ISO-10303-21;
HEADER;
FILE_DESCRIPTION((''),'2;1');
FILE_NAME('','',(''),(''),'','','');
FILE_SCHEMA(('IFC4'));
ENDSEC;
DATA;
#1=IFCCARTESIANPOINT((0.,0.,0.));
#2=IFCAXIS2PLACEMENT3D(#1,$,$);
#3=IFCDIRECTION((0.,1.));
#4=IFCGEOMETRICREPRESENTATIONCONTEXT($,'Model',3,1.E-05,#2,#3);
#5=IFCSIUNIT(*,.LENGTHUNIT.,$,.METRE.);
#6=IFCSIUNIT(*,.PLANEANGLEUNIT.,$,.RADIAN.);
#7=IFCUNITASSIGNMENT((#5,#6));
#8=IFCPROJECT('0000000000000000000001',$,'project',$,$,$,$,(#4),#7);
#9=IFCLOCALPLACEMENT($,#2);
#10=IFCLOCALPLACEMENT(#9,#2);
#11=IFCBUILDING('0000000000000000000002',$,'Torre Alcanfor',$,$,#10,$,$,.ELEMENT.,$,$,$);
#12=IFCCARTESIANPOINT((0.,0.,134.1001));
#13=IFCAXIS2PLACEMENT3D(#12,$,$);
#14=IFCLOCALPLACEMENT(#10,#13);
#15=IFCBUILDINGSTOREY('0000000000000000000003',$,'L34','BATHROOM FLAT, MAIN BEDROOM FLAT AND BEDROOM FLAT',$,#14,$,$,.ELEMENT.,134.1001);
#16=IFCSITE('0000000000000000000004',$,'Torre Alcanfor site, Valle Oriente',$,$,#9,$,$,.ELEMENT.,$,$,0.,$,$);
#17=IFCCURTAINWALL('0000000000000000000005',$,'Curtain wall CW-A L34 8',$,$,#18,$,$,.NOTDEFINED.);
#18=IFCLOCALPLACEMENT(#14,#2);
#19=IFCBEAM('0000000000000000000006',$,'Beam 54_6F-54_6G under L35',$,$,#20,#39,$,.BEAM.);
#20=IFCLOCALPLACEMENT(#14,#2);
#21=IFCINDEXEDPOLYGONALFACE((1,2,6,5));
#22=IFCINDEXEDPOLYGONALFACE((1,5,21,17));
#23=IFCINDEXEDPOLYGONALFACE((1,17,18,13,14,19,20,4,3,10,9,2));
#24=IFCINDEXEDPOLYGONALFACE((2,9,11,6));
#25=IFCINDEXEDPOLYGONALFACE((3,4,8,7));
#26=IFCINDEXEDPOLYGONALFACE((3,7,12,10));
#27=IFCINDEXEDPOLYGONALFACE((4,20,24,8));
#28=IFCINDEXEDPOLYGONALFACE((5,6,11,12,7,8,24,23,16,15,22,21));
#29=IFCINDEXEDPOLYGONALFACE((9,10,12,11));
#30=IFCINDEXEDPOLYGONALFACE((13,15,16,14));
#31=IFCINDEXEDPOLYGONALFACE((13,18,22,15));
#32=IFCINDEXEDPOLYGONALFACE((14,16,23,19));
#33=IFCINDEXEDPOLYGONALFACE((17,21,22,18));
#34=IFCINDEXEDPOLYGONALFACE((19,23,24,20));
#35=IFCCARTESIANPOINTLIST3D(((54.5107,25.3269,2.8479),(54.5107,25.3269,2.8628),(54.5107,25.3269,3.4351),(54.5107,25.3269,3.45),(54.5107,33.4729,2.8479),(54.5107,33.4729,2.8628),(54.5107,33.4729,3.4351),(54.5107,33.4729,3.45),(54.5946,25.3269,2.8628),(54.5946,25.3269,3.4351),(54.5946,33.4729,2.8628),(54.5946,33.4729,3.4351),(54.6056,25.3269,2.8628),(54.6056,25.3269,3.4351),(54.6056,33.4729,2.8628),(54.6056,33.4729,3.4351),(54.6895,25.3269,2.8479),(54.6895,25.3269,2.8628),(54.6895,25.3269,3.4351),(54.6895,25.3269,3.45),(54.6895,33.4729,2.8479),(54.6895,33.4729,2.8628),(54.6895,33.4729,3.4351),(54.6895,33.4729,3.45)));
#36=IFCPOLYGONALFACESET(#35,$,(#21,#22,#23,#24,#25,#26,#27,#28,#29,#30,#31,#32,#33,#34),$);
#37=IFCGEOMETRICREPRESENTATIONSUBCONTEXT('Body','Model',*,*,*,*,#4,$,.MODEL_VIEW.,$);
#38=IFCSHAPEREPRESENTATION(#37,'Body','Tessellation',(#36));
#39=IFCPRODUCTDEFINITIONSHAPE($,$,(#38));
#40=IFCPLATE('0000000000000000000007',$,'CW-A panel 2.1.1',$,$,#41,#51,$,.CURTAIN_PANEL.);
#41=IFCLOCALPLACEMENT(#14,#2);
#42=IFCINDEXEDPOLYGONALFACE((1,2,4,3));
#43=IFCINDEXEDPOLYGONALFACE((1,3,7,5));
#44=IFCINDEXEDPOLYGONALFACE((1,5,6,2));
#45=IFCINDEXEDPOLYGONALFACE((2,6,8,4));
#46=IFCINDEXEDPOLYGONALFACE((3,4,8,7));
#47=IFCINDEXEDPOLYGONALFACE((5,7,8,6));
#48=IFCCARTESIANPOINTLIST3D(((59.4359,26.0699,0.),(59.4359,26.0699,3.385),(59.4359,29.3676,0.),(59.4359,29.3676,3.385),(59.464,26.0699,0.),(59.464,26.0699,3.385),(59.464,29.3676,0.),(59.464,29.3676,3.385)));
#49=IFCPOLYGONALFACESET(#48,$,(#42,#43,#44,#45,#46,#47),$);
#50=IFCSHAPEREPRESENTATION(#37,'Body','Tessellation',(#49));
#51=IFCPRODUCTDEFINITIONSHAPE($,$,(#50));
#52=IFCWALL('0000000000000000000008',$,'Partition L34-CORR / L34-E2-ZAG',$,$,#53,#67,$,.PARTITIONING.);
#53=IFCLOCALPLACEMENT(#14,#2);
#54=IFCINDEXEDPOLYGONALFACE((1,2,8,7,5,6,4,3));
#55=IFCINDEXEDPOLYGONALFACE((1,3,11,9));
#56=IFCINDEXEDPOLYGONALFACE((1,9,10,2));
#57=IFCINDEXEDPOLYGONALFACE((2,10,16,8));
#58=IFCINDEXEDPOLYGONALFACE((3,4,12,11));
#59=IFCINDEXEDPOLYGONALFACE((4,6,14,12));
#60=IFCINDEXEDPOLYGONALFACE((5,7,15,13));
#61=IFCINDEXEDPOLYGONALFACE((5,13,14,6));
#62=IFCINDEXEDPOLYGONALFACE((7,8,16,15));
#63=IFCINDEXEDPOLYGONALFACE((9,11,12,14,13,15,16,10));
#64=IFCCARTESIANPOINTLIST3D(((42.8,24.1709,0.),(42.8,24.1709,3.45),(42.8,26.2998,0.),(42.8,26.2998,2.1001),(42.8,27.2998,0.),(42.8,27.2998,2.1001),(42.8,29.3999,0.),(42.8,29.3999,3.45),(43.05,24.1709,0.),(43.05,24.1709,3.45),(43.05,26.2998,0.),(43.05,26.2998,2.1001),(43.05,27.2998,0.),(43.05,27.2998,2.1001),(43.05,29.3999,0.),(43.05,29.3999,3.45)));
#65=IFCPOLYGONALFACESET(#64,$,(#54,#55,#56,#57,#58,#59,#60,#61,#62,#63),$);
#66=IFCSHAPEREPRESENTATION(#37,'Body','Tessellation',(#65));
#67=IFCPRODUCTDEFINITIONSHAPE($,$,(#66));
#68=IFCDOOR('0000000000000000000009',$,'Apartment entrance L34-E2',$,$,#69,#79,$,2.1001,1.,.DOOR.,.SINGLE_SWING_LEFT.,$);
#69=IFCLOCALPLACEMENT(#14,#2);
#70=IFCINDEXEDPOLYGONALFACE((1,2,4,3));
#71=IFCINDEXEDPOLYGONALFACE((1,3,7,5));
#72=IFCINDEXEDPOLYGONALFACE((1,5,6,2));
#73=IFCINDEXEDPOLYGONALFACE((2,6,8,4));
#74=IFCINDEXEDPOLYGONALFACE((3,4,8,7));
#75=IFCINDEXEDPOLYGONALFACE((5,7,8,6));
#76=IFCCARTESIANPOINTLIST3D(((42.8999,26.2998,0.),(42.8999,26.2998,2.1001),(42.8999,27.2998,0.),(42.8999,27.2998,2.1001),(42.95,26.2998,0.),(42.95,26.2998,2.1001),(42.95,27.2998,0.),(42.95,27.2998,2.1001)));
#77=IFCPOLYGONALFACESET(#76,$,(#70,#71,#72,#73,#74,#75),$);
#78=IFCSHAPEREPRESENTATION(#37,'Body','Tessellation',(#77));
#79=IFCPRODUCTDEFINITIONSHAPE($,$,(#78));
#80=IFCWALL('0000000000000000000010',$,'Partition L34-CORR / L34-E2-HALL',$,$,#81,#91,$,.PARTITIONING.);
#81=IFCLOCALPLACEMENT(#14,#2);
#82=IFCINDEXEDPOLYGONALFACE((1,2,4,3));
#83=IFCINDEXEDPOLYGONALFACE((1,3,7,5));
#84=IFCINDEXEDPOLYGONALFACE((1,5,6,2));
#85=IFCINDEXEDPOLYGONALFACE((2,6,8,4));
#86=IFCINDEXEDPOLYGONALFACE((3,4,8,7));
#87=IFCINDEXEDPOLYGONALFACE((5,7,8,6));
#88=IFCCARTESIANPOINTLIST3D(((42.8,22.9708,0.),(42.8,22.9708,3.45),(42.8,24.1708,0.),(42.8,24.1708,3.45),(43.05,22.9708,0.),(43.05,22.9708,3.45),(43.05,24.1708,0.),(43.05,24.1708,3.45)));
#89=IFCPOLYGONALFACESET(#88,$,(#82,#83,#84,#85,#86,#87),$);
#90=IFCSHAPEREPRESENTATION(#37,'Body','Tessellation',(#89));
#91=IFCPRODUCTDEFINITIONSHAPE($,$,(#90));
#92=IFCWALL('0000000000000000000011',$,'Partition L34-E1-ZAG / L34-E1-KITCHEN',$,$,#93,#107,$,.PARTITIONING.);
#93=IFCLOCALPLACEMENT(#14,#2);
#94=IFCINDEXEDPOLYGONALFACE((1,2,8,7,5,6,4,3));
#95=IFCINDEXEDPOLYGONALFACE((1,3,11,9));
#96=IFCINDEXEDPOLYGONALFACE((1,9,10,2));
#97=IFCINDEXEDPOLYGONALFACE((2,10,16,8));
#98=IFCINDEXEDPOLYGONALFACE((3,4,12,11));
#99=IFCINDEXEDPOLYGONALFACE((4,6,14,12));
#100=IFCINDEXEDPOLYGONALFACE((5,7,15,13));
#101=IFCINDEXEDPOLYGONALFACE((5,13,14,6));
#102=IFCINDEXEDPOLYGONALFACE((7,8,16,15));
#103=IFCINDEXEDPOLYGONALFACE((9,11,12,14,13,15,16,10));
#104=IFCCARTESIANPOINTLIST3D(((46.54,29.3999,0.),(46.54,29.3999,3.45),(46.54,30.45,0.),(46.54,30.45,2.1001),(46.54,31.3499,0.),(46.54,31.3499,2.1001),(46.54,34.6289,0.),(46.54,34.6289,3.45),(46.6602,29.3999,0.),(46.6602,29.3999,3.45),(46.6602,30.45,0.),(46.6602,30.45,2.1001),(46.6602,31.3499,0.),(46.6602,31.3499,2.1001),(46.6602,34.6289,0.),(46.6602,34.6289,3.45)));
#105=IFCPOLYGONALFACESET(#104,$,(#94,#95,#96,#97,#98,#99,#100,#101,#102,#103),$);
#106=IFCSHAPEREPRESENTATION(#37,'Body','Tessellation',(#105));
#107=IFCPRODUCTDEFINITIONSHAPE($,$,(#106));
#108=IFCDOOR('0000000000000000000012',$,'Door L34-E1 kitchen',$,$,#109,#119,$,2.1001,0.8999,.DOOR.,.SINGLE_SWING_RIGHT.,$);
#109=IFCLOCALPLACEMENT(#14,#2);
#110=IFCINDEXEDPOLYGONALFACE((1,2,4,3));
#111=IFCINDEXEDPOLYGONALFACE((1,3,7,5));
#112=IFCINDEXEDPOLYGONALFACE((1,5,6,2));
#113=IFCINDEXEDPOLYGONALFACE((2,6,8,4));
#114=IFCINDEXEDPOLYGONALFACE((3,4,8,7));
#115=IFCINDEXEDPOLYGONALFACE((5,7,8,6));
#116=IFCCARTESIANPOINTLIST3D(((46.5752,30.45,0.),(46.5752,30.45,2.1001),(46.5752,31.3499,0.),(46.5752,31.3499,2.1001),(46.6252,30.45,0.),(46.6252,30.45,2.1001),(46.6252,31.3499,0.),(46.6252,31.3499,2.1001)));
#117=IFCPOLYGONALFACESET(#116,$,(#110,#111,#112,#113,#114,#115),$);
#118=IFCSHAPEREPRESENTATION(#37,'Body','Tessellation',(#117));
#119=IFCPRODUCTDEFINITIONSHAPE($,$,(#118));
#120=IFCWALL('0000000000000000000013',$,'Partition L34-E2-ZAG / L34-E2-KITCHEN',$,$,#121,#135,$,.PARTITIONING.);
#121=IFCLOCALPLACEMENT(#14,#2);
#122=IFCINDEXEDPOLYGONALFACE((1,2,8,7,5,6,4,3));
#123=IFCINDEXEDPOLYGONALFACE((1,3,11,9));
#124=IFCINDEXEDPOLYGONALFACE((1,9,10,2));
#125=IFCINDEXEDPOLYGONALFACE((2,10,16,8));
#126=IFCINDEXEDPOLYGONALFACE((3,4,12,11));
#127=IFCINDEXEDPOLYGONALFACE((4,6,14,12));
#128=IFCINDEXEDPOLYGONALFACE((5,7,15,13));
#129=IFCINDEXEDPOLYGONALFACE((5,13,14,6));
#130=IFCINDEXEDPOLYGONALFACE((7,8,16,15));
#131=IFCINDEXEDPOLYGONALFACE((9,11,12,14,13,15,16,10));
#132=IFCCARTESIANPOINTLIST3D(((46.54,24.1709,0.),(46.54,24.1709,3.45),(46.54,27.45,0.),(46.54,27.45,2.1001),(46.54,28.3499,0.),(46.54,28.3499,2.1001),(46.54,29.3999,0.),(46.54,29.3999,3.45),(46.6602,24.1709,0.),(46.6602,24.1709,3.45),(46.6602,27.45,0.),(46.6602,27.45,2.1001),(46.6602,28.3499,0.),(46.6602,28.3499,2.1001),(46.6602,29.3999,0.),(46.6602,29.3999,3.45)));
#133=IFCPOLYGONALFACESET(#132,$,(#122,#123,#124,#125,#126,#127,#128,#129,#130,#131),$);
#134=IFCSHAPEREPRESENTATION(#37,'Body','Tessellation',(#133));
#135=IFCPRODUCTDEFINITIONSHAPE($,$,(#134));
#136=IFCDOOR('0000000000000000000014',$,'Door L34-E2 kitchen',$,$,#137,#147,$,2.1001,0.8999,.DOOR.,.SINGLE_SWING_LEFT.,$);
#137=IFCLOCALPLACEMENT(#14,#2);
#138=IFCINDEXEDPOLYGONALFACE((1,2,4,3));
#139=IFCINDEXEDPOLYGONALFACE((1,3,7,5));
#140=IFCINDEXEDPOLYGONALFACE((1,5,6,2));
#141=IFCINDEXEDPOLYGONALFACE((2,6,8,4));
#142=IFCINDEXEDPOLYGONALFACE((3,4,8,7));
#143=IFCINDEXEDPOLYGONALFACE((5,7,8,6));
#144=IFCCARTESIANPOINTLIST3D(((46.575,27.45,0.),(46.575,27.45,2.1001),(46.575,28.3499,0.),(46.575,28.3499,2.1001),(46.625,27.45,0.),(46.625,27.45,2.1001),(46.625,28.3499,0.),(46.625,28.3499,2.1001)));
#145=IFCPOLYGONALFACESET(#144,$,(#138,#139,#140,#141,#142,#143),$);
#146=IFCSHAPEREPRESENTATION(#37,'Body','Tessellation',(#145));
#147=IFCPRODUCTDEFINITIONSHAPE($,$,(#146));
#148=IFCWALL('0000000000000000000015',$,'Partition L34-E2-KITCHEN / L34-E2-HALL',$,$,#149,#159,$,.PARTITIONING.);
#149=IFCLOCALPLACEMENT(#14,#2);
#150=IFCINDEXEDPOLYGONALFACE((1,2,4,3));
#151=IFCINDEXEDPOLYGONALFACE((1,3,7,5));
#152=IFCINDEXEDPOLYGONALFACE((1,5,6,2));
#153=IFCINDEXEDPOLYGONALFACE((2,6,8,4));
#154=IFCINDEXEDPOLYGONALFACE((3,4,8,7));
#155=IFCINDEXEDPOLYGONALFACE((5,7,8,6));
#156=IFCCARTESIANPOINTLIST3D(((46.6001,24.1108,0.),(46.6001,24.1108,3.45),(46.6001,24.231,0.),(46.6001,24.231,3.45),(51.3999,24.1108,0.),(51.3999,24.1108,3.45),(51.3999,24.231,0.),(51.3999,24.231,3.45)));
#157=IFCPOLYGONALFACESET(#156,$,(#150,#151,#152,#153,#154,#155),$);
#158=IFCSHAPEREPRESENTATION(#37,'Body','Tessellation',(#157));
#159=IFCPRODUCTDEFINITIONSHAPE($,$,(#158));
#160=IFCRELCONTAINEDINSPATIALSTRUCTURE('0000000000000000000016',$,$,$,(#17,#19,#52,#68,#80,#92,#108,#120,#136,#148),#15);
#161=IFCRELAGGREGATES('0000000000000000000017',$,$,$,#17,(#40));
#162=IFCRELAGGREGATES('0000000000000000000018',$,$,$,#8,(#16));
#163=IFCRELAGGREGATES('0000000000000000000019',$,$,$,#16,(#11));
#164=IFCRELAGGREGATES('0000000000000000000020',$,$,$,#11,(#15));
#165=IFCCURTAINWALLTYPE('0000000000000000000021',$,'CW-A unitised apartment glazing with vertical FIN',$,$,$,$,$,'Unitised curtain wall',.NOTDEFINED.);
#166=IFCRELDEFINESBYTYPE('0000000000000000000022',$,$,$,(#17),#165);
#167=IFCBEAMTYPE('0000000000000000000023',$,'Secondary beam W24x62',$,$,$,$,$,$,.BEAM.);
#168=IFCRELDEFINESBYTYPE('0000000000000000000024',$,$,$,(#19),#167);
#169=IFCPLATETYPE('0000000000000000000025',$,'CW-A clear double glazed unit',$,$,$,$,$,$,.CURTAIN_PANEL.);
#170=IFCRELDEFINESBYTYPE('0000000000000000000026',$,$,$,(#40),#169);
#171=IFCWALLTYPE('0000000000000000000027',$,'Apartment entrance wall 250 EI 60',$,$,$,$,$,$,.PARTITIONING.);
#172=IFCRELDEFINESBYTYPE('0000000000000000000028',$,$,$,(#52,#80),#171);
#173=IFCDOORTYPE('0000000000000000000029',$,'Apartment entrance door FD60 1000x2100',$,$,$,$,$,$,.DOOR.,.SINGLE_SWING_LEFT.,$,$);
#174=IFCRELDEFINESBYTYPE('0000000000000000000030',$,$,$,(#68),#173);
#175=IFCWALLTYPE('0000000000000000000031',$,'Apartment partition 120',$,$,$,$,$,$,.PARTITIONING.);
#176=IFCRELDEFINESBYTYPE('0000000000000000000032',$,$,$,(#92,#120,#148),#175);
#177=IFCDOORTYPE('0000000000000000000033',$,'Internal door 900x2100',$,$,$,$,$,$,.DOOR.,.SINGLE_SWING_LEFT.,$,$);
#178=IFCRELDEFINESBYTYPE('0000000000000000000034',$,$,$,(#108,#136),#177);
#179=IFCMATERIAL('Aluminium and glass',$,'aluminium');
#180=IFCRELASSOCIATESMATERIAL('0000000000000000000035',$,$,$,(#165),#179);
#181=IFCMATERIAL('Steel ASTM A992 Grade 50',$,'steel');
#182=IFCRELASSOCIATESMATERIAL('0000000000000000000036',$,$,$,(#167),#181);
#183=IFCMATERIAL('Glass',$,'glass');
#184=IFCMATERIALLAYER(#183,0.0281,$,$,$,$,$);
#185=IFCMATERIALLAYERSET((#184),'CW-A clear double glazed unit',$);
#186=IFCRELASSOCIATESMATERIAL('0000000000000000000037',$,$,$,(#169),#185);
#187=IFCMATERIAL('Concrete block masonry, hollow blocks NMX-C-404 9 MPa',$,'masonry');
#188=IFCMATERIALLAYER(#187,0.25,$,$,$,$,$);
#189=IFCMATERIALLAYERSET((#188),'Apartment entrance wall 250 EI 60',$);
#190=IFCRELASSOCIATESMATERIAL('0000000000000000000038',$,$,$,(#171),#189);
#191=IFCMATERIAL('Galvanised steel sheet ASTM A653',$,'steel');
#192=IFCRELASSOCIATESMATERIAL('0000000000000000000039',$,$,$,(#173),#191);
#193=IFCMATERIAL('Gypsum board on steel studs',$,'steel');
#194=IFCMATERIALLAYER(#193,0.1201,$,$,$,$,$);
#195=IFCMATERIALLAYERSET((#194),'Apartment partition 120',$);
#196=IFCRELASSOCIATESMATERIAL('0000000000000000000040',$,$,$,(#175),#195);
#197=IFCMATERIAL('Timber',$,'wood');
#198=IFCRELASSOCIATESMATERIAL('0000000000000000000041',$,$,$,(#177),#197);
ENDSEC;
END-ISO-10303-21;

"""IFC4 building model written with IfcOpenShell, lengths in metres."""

from ifc_helpers import new_model, si_unit, direction, frame, frame_2d, origin, origin_2d, place, context, subcontext, project, spatial, rectangle, i_section, extrude, material, layer, layer_set, material_profile, profile_set, type_object, element, fill, aggregate, save


model = new_model("IFC4")

# Units and contexts
model_context = context("Model", 3, precision=1e-05, world=origin(), true_north=direction((0.0, 1.0)))
body_context = subcontext(model_context, "Body", "Model", "MODEL_VIEW")
ifc_project = project(units=[si_unit("LENGTHUNIT", "METRE"), si_unit("PLANEANGLEUNIT", "RADIAN")], contexts=[model_context])

# Site, building, storey
site_placement = place(None, origin())
site = spatial("IfcSite", under=ifc_project, at=site_placement, Name="Torre Alcanfor site, Valle Oriente", CompositionType="ELEMENT", RefElevation=0.0)
building_placement = place(site_placement, origin())
building = spatial("IfcBuilding", under=site, at=building_placement, Name="Torre Alcanfor", CompositionType="ELEMENT")
storey_placement = place(building_placement, frame((0.0, 0.0, 134.1001)))
storey = spatial("IfcBuildingStorey", under=building, at=storey_placement, Name="L34", Description="BATHROOM FLAT, MAIN BEDROOM FLAT AND BEDROOM FLAT", CompositionType="ELEMENT", Elevation=134.1001)

# Curtain wall
ifc_material_1 = material(Name="Aluminium and glass", Category="aluminium")
curtain_wall_type = type_object("IfcCurtainWallType", Name="CW-A unitised apartment glazing with vertical FIN", ElementType="Unitised curtain wall", PredefinedType="NOTDEFINED", material=ifc_material_1)
curtain_wall_placement = place(storey_placement, origin())
curtain_wall = element("IfcCurtainWall", 1, at=curtain_wall_placement, inside=storey, type_object=curtain_wall_type, Name="Curtain wall CW-A L34 8", PredefinedType="NOTDEFINED")

# Beam
ifc_material_2 = material(Name="Steel ASTM A992 Grade 50", Category="steel")
ifc_material_profile_1 = material_profile(ifc_material_2, i_section(OverallWidth=0.1787, OverallDepth=0.6021, WebThickness=0.011, FlangeThickness=0.0149, at=origin_2d()), Name="W24x62")
ifc_profile_set_1 = profile_set([ifc_material_profile_1], Name="Steel ASTM A992 Grade 50")
beam_type_1 = type_object("IfcBeamType", Name="Secondary beam W24x62", PredefinedType="BEAM", material=ifc_profile_set_1)
for number, where, z_axis, x_axis, name in (
    (2, (54.6001, 25.3269, 3.1489), (0.0, 1.0, 0.0), (-1.0, 0.0, 0.0), "Beam 54_6F-54_6G under L35"),
):
    element("IfcBeam", number, at=place(storey_placement, frame(where, z_axis=z_axis, x_axis=x_axis)), inside=storey, type_object=beam_type_1, Name=name, PredefinedType="BEAM", context=body_context, shape_type="SweptSolid", body=[
        extrude(i_section(OverallWidth=0.1787, OverallDepth=0.6021, WebThickness=0.011, FlangeThickness=0.0149, at=origin_2d()), origin(), (0.0, 0.0, 1.0), 8.146),
    ])

# Plate
ifc_material_3 = material(Name="Glass", Category="glass")
ifc_layer_1 = layer(ifc_material_3, 0.0281)
ifc_layer_set_1 = layer_set([ifc_layer_1], Name="CW-A clear double glazed unit")
plate_type = type_object("IfcPlateType", Name="CW-A clear double glazed unit", PredefinedType="CURTAIN_PANEL", material=ifc_layer_set_1)
plate_placement = place(storey_placement, frame((59.45, 27.7188, 0.0), z_axis=(0.0, 0.0, 1.0), x_axis=(0.0, 1.0, 0.0)))
plate = element("IfcPlate", 3, at=plate_placement, type_object=plate_type, Name="CW-A panel 2.1.1", PredefinedType="CURTAIN_PANEL", context=body_context, shape_type="SweptSolid", body=[
    extrude(rectangle(XDim=3.2976, YDim=0.0281, at=origin_2d()), origin(), (0.0, 0.0, 1.0), 3.385),
])
aggregate(curtain_wall, [plate])

# Wall, opening, door
ifc_material_4 = material(Name="Concrete block masonry, hollow blocks NMX-C-404 9 MPa", Category="masonry")
ifc_layer_2 = layer(ifc_material_4, 0.25)
ifc_layer_set_2 = layer_set([ifc_layer_2], Name="Apartment entrance wall 250 EI 60")
wall_type_1 = type_object("IfcWallType", Name="Apartment entrance wall 250 EI 60", PredefinedType="PARTITIONING", material=ifc_layer_set_2)
wall_1_placement = place(storey_placement, frame((42.925, 29.3999, 0.0), z_axis=(0.0, 0.0, 1.0), x_axis=(0.0, -1.0, 0.0)))
wall_1 = element("IfcWall", 4, at=wall_1_placement, inside=storey, type_object=wall_type_1, Name="Partition L34-CORR / L34-E2-ZAG", PredefinedType="PARTITIONING", context=body_context, shape_type="SweptSolid", body=[
    extrude(rectangle(XDim=5.229, YDim=0.25, at=frame_2d((2.6145, 0.0))), origin(), (0.0, 0.0, 1.0), 3.45),
])
opening_1_placement = place(wall_1_placement, frame((2.1001, 0.0, 0.0)))
opening_1 = element("IfcOpeningElement", 5, at=opening_1_placement, cuts=wall_1, PredefinedType="OPENING", context=body_context, shape_type="SweptSolid", body=[
    extrude(rectangle(XDim=1.0, YDim=2.1001, at=frame_2d((0.5, 1.05))), frame((0.0, 0.135, 0.0), z_axis=(0.0, -1.0, 0.0), x_axis=(1.0, 0.0, 0.0)), (0.0, 0.0, 1.0), 0.27),
])
ifc_material_5 = material(Name="Galvanised steel sheet ASTM A653", Category="steel")
door_type_1 = type_object("IfcDoorType", Name="Apartment entrance door FD60 1000x2100", OperationType="SINGLE_SWING_LEFT", PredefinedType="DOOR", material=ifc_material_5)
door_1_placement = place(opening_1_placement, origin())
door_1 = element("IfcDoor", 6, at=door_1_placement, inside=storey, type_object=door_type_1, Name="Apartment entrance L34-E2", OperationType="SINGLE_SWING_LEFT", OverallHeight=2.1001, OverallWidth=1.0, PredefinedType="DOOR", context=body_context, shape_type="SweptSolid", body=[
    extrude(rectangle(XDim=1.0, YDim=2.1001, at=frame_2d((0.5, 1.05))), frame((0.0, 0.0249, 0.0), z_axis=(0.0, -1.0, 0.0), x_axis=(1.0, 0.0, 0.0)), (0.0, 0.0, 1.0), 0.05),
])
fill(opening_1, door_1)

# Wall
wall_2_placement = place(storey_placement, frame((42.925, 24.1709, 0.0), z_axis=(0.0, 0.0, 1.0), x_axis=(0.0, -1.0, 0.0)))
element("IfcWall", 7, at=wall_2_placement, inside=storey, type_object=wall_type_1, Name="Partition L34-CORR / L34-E2-HALL", PredefinedType="PARTITIONING", context=body_context, shape_type="SweptSolid", body=[
    extrude(rectangle(XDim=1.2, YDim=0.25, at=frame_2d((0.6001, 0.0))), origin(), (0.0, 0.0, 1.0), 3.45),
])

# Walls, openings, doors
ifc_material_6 = material(Name="Gypsum board on steel studs", Category="steel")
ifc_layer_3 = layer(ifc_material_6, 0.1201)
ifc_layer_set_3 = layer_set([ifc_layer_3], Name="Apartment partition 120")
wall_type_2 = type_object("IfcWallType", Name="Apartment partition 120", PredefinedType="PARTITIONING", material=ifc_layer_set_3)
wall_3_placement = place(storey_placement, frame((46.6001, 29.3999, 0.0), z_axis=(0.0, 0.0, 1.0), x_axis=(0.0, 1.0, 0.0)))
wall_3 = element("IfcWall", 8, at=wall_3_placement, inside=storey, type_object=wall_type_2, Name="Partition L34-E1-ZAG / L34-E1-KITCHEN", PredefinedType="PARTITIONING", context=body_context, shape_type="SweptSolid", body=[
    extrude(rectangle(XDim=5.229, YDim=0.1201, at=frame_2d((2.6145, 0.0))), origin(), (0.0, 0.0, 1.0), 3.45),
])
opening_2_placement = place(wall_3_placement, frame((1.05, 0.0, 0.0)))
opening_2 = element("IfcOpeningElement", 9, at=opening_2_placement, cuts=wall_3, PredefinedType="OPENING", context=body_context, shape_type="SweptSolid", body=[
    extrude(rectangle(XDim=0.8999, YDim=2.1001, at=frame_2d((0.45, 1.05))), frame((0.0, 0.0701, 0.0), z_axis=(0.0, -1.0, 0.0), x_axis=(1.0, 0.0, 0.0)), (0.0, 0.0, 1.0), 0.1401),
])
ifc_material_7 = material(Name="Timber", Category="wood")
door_type_2 = type_object("IfcDoorType", Name="Internal door 900x2100", OperationType="SINGLE_SWING_LEFT", PredefinedType="DOOR", material=ifc_material_7)
door_2_placement = place(opening_2_placement, frame((0.8999, 0.0, 0.0), z_axis=(0.0, 0.0, 1.0), x_axis=(-1.0, 0.0, 0.0)))
door_2 = element("IfcDoor", 10, at=door_2_placement, inside=storey, type_object=door_type_2, Name="Door L34-E1 kitchen", OperationType="SINGLE_SWING_RIGHT", OverallHeight=2.1001, OverallWidth=0.8999, PredefinedType="DOOR", context=body_context, shape_type="SweptSolid", body=[
    extrude(rectangle(XDim=0.8999, YDim=2.1001, at=frame_2d((0.45, 1.05))), frame((0.0, 0.0251, 0.0), z_axis=(0.0, -1.0, 0.0), x_axis=(1.0, 0.0, 0.0)), (0.0, 0.0, 1.0), 0.05),
])
fill(opening_2, door_2)
wall_4_placement = place(storey_placement, frame((46.6001, 29.3999, 0.0), z_axis=(0.0, 0.0, 1.0), x_axis=(0.0, -1.0, 0.0)))
wall_4 = element("IfcWall", 11, at=wall_4_placement, inside=storey, type_object=wall_type_2, Name="Partition L34-E2-ZAG / L34-E2-KITCHEN", PredefinedType="PARTITIONING", context=body_context, shape_type="SweptSolid", body=[
    extrude(rectangle(XDim=5.229, YDim=0.1201, at=frame_2d((2.6145, 0.0))), origin(), (0.0, 0.0, 1.0), 3.45),
])
opening_3_placement = place(wall_4_placement, frame((1.05, 0.0, 0.0)))
opening_3 = element("IfcOpeningElement", 12, at=opening_3_placement, cuts=wall_4, PredefinedType="OPENING", context=body_context, shape_type="SweptSolid", body=[
    extrude(rectangle(XDim=0.8999, YDim=2.1001, at=frame_2d((0.45, 1.05))), frame((0.0, 0.0701, 0.0), z_axis=(0.0, -1.0, 0.0), x_axis=(1.0, 0.0, 0.0)), (0.0, 0.0, 1.0), 0.1401),
])
door_3_placement = place(opening_3_placement, origin())
door_3 = element("IfcDoor", 13, at=door_3_placement, inside=storey, type_object=door_type_2, Name="Door L34-E2 kitchen", OperationType="SINGLE_SWING_LEFT", OverallHeight=2.1001, OverallWidth=0.8999, PredefinedType="DOOR", context=body_context, shape_type="SweptSolid", body=[
    extrude(rectangle(XDim=0.8999, YDim=2.1001, at=frame_2d((0.45, 1.05))), frame((0.0, 0.0249, 0.0), z_axis=(0.0, -1.0, 0.0), x_axis=(1.0, 0.0, 0.0)), (0.0, 0.0, 1.0), 0.05),
])
fill(opening_3, door_3)

# Wall
wall_5_placement = place(storey_placement, frame((51.3999, 24.1709, 0.0), z_axis=(0.0, 0.0, 1.0), x_axis=(-1.0, 0.0, 0.0)))
element("IfcWall", 14, at=wall_5_placement, inside=storey, type_object=wall_type_2, Name="Partition L34-E2-KITCHEN / L34-E2-HALL", PredefinedType="PARTITIONING", context=body_context, shape_type="SweptSolid", body=[
    extrude(rectangle(XDim=4.7998, YDim=0.1201, at=frame_2d((2.3999, 0.0))), origin(), (0.0, 0.0, 1.0), 3.45),
])

save(model, "model.ifc")
